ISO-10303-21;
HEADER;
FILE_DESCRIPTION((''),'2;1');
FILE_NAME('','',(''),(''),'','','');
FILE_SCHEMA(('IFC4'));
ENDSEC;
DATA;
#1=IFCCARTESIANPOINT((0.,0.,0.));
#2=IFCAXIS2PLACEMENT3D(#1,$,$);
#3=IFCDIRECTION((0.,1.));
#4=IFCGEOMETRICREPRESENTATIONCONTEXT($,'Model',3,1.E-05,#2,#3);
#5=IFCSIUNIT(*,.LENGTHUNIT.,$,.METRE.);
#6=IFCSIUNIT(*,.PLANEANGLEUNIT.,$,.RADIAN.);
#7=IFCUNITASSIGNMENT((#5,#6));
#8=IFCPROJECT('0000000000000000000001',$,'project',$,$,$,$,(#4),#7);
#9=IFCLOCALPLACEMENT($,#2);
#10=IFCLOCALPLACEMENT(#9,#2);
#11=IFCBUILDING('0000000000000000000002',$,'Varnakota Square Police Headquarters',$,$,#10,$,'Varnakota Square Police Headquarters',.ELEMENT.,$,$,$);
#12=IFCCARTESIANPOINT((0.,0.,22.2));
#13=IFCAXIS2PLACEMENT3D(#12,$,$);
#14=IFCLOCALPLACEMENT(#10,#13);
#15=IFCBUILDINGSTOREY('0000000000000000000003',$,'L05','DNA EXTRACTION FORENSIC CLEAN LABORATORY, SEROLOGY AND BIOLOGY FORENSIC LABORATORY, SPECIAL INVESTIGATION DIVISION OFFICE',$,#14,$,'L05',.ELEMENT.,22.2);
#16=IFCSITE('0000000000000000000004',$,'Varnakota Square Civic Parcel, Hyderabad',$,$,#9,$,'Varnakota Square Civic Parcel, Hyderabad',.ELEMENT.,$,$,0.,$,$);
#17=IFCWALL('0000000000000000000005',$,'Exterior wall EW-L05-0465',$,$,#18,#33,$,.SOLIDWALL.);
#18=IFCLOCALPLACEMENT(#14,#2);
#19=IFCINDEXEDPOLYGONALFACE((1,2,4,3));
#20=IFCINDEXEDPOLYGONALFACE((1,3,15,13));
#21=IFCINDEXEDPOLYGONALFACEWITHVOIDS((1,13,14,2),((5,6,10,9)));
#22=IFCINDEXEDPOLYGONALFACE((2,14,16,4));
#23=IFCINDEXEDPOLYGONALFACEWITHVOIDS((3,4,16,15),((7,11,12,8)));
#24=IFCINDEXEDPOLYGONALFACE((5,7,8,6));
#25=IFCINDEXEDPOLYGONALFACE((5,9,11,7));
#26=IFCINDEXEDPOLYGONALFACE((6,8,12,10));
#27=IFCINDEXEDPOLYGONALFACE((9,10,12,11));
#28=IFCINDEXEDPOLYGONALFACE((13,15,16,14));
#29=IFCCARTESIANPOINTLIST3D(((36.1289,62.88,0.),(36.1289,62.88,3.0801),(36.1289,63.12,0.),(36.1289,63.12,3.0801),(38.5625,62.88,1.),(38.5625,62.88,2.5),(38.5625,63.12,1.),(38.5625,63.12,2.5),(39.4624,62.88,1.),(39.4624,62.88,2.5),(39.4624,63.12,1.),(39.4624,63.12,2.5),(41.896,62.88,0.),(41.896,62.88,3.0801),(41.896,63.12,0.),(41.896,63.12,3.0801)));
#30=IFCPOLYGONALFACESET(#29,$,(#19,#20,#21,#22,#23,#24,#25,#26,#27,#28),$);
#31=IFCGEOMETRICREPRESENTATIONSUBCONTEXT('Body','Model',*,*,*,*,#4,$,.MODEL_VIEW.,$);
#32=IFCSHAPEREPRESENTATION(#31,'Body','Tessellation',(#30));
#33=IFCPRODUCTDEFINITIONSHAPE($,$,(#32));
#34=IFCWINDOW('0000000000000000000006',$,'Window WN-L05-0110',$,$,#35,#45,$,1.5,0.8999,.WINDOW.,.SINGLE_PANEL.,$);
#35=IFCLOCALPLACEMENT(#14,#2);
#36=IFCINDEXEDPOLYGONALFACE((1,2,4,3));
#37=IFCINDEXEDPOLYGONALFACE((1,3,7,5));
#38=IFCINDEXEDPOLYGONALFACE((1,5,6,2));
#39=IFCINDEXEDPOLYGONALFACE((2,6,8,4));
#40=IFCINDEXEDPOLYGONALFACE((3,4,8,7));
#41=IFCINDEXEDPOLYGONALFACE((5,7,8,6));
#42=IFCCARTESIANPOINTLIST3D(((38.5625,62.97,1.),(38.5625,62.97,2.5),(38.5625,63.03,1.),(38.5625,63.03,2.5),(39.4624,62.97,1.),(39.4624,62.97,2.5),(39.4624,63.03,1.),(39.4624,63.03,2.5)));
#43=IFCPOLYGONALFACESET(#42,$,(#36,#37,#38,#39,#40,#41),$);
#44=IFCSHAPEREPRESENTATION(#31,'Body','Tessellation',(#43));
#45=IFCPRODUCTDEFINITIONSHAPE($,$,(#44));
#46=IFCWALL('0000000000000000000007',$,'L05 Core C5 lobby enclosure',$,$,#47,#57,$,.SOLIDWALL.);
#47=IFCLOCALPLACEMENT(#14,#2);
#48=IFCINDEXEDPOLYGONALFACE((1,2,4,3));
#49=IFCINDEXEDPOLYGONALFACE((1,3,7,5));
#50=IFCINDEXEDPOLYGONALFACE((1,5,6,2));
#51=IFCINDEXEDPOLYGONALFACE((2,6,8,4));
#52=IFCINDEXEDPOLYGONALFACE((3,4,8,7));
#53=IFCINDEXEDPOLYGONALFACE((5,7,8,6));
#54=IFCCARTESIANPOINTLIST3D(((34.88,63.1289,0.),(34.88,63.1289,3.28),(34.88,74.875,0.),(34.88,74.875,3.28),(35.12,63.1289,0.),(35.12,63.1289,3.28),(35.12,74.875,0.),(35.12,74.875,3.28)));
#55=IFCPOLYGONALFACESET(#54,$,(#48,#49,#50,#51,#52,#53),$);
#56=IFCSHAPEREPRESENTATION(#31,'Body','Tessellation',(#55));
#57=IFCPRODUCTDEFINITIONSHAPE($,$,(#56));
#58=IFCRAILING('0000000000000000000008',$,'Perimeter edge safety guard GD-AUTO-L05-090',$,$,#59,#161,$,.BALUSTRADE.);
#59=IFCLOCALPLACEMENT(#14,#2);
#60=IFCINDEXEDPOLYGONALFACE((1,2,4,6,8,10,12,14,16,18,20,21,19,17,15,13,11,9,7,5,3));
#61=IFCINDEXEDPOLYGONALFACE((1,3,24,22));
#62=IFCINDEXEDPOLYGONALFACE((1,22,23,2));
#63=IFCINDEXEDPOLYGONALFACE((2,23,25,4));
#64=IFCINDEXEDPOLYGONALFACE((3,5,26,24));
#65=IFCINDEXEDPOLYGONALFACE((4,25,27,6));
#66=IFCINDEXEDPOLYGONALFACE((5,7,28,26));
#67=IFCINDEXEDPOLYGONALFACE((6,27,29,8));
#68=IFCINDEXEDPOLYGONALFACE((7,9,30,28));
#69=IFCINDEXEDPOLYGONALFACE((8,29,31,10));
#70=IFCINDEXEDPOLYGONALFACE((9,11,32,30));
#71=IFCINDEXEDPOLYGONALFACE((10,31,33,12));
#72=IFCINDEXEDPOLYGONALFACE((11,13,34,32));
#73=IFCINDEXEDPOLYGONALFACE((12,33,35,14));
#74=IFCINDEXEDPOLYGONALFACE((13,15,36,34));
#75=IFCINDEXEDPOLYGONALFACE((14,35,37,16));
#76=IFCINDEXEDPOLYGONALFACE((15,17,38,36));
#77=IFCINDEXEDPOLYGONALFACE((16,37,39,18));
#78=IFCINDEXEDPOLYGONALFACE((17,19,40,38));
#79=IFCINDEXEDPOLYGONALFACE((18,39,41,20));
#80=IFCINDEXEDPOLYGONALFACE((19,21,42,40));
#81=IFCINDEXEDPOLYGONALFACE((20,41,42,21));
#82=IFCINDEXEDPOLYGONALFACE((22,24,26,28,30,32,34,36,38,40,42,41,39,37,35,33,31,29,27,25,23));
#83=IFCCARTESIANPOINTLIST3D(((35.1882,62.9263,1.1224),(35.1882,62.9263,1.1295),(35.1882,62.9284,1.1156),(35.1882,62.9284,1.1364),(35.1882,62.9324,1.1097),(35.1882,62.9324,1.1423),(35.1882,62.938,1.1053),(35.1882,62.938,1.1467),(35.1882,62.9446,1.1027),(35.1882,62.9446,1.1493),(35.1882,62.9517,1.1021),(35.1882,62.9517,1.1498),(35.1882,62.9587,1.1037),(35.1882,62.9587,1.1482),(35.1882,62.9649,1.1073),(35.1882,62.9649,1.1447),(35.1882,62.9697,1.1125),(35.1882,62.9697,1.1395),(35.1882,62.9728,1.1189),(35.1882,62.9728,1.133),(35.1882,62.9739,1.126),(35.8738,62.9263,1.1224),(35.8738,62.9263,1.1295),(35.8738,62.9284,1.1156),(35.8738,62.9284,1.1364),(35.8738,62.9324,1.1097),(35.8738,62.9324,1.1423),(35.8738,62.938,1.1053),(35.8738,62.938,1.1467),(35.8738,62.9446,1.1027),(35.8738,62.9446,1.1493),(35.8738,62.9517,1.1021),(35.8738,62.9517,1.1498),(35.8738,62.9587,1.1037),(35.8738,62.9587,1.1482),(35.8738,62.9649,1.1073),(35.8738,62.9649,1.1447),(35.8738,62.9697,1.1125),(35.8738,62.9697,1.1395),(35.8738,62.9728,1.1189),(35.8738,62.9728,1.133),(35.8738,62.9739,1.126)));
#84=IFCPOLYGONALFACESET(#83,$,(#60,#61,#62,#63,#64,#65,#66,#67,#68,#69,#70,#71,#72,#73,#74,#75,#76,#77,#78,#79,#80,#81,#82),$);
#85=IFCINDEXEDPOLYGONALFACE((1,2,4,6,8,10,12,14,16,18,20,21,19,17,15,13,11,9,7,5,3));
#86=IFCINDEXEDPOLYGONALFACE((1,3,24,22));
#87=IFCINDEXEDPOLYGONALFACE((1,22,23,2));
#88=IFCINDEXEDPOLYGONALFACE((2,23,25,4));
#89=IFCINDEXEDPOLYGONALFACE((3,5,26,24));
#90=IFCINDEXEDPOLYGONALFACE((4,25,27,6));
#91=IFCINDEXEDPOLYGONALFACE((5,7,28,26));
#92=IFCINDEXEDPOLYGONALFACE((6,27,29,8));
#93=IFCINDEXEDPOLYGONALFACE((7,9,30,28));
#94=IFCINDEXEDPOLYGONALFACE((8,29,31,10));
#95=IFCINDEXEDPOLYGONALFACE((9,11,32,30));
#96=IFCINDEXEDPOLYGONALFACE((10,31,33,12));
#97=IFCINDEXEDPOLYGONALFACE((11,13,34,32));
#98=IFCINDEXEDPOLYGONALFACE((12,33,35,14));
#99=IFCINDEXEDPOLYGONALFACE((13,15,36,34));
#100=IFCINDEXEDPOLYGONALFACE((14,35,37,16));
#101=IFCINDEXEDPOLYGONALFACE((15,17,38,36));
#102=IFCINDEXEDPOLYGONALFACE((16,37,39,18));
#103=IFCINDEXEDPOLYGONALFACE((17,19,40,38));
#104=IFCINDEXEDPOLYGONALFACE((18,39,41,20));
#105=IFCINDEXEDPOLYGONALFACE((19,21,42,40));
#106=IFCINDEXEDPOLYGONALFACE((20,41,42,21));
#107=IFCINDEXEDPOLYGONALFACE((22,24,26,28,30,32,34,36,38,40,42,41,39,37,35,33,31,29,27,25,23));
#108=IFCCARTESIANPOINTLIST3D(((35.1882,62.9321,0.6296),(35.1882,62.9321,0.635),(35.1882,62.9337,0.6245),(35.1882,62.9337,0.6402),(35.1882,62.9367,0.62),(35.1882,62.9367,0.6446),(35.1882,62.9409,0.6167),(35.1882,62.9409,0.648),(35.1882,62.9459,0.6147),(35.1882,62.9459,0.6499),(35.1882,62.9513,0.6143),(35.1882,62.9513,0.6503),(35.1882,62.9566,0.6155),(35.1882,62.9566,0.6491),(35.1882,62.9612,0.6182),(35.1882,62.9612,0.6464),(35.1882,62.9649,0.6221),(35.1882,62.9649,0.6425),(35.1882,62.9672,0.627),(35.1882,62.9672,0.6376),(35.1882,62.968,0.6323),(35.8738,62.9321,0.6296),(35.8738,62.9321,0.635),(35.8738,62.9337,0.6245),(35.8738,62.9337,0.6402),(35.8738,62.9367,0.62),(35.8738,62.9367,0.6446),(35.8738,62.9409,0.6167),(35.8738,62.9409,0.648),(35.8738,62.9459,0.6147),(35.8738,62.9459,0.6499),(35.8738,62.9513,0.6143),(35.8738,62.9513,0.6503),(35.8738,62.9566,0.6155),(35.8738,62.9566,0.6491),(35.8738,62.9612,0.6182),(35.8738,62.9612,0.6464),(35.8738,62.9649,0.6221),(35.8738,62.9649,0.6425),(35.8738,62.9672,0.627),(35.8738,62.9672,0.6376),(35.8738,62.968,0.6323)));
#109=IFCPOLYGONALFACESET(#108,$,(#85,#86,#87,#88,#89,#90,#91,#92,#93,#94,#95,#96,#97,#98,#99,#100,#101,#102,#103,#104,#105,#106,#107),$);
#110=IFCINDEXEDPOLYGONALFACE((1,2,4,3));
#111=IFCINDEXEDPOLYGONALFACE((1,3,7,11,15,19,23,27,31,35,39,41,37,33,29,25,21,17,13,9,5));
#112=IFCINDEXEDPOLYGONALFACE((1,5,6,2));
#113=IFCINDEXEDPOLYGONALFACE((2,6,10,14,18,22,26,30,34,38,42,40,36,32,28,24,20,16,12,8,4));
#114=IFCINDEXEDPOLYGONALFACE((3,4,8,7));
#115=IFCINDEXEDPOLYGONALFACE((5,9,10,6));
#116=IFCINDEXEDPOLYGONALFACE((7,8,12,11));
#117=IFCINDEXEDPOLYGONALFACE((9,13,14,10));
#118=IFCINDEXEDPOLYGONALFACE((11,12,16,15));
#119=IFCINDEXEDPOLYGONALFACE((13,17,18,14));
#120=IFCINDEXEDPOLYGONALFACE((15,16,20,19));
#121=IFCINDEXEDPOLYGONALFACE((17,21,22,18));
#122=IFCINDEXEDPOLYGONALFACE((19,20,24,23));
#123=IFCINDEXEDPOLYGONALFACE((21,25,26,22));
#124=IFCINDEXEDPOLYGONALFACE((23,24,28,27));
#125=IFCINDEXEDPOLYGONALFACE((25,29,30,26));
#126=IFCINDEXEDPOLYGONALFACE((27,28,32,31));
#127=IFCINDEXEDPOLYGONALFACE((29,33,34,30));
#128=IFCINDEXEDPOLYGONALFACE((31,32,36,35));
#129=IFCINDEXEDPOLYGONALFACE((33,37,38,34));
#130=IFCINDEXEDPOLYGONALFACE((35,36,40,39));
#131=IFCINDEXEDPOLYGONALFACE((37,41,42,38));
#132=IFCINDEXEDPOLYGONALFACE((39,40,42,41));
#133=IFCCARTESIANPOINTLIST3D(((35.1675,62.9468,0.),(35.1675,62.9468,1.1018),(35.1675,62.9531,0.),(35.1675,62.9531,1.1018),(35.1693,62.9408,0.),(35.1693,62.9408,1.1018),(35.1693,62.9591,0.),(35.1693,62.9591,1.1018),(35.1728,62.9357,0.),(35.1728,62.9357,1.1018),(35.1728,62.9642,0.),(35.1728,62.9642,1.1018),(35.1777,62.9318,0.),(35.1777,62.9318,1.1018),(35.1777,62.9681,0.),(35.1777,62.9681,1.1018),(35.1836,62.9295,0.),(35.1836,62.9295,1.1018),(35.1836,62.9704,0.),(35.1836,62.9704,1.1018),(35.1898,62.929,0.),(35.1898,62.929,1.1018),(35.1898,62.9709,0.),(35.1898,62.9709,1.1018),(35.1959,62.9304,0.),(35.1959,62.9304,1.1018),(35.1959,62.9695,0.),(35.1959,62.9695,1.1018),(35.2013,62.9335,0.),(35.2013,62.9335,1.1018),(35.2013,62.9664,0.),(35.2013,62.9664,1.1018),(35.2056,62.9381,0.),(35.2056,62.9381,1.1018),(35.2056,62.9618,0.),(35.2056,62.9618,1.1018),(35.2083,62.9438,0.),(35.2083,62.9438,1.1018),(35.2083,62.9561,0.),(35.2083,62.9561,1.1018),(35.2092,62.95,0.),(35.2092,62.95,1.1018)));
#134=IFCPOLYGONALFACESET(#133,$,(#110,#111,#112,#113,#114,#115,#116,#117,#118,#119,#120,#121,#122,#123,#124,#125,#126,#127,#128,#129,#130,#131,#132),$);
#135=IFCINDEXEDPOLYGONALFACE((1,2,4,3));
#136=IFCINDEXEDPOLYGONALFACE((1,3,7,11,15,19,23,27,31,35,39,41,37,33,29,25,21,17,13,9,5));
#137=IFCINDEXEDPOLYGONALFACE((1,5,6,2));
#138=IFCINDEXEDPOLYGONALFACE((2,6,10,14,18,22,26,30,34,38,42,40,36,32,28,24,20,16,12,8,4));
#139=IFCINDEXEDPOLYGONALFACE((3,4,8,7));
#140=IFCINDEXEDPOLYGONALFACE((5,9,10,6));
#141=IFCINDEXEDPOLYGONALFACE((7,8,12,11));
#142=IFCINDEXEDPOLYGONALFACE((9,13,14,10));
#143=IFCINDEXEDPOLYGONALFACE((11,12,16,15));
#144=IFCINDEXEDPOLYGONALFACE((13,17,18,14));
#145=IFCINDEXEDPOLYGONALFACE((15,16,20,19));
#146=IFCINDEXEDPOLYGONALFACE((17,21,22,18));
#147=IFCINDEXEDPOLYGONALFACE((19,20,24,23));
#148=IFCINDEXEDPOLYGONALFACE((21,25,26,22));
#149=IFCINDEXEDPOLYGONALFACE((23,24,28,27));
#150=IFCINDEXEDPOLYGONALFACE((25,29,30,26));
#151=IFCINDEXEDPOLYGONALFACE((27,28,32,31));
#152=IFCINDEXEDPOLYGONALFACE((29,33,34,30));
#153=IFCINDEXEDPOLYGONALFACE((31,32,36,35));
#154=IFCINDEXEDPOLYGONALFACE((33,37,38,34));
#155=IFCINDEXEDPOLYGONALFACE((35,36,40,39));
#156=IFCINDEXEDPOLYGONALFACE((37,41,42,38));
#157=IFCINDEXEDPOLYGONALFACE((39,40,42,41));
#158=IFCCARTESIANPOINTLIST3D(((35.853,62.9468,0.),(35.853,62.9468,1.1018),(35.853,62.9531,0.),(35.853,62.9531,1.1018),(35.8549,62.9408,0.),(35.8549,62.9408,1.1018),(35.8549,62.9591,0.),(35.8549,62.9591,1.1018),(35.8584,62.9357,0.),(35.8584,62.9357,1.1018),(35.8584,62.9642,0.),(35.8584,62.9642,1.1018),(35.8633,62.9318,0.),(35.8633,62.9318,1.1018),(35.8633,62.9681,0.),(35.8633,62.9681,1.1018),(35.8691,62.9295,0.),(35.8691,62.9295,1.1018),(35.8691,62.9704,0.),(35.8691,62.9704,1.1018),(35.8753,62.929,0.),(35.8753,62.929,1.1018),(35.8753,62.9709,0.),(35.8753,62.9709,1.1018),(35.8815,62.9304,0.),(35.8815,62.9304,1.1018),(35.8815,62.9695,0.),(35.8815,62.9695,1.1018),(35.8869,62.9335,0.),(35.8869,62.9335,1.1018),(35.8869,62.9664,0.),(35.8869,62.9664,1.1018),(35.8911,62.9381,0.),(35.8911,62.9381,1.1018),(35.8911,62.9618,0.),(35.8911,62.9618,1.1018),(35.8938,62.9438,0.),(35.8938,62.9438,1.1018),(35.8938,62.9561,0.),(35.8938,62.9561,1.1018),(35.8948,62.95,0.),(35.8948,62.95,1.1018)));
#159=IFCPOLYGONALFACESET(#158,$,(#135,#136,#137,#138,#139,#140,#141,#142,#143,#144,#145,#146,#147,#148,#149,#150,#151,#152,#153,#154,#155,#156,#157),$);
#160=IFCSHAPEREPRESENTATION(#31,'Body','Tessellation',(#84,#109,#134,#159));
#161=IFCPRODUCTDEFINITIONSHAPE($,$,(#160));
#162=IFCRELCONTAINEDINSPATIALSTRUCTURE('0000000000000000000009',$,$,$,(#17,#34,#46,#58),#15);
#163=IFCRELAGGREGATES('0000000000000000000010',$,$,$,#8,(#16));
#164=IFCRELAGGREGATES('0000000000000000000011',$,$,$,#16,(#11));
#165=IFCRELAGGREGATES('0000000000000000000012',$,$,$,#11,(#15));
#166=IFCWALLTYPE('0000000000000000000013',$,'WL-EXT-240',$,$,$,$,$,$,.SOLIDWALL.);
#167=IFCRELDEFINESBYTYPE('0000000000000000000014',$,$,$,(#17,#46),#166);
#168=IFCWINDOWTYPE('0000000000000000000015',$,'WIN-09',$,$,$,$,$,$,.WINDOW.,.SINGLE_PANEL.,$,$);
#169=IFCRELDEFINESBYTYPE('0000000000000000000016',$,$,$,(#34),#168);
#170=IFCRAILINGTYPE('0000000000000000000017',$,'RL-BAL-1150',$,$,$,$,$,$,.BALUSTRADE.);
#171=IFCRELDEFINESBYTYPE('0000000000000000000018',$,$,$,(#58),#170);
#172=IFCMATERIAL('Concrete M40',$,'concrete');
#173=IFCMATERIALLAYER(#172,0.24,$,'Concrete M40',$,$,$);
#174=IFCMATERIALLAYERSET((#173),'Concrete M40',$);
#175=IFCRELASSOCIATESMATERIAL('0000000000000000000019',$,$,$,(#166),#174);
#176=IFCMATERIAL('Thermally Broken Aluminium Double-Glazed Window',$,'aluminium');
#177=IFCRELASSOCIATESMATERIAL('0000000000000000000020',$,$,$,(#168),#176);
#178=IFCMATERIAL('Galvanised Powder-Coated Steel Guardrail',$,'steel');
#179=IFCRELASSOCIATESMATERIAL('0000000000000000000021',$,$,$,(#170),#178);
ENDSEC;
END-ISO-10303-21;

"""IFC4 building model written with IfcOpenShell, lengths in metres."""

from ifc_helpers import new_model, si_unit, direction, frame, frame_2d, origin, origin_2d, place, context, subcontext, project, spatial, rectangle, circle, extrude, material, layer, layer_set, type_object, element, fill, save


model = new_model("IFC4")

# Units and contexts
model_context = context("Model", 3, precision=1e-05, world=origin(), true_north=direction((0.0, 1.0)))
body_context = subcontext(model_context, "Body", "Model", "MODEL_VIEW")
ifc_project = project(units=[si_unit("LENGTHUNIT", "METRE"), si_unit("PLANEANGLEUNIT", "RADIAN")], contexts=[model_context])

# Site, building, storey
site_placement = place(None, origin())
site = spatial("IfcSite", under=ifc_project, at=site_placement, Name="Varnakota Square Civic Parcel, Hyderabad", LongName="Varnakota Square Civic Parcel, Hyderabad", CompositionType="ELEMENT", RefElevation=0.0)
building_placement = place(site_placement, origin())
building = spatial("IfcBuilding", under=site, at=building_placement, Name="Varnakota Square Police Headquarters", LongName="Varnakota Square Police Headquarters", CompositionType="ELEMENT")
storey_placement = place(building_placement, frame((0.0, 0.0, 22.2)))
storey = spatial("IfcBuildingStorey", under=building, at=storey_placement, Name="L05", Description="DNA EXTRACTION FORENSIC CLEAN LABORATORY, SEROLOGY AND BIOLOGY FORENSIC LABORATORY, SPECIAL INVESTIGATION DIVISION OFFICE", LongName="L05", CompositionType="ELEMENT", Elevation=22.2)

# Shared definitions
ifc_material_1 = material(Name="Concrete M40", Category="concrete")

# Wall, opening, window
ifc_layer_1 = layer(ifc_material_1, 0.24, Name="Concrete M40")
ifc_layer_set_1 = layer_set([ifc_layer_1], Name="Concrete M40")
wall_type_1 = type_object("IfcWallType", Name="WL-EXT-240", PredefinedType="SOLIDWALL", material=ifc_layer_set_1)
wall_1_placement = place(storey_placement, frame((36.1289, 63.0, 0.0), z_axis=(0.0, 0.0, 1.0), x_axis=(1.0, 0.0, 0.0)))
wall_1 = element("IfcWall", 1, at=wall_1_placement, inside=storey, type_object=wall_type_1, Name="Exterior wall EW-L05-0465", PredefinedType="SOLIDWALL", context=body_context, shape_type="SweptSolid", body=[
    extrude(rectangle(XDim=5.7671, YDim=0.24, at=frame_2d((2.8835, 0.0))), origin(), (0.0, 0.0, 1.0), 3.0801),
])
opening_1_placement = place(wall_1_placement, frame((2.4336, 0.0, 1.0)))
opening_1 = element("IfcOpeningElement", 2, at=opening_1_placement, cuts=wall_1, PredefinedType="OPENING", context=body_context, shape_type="SweptSolid", body=[
    extrude(rectangle(XDim=0.8999, YDim=1.5, at=frame_2d((0.45, 0.75))), frame((0.0, 0.1299, 0.0), z_axis=(0.0, -1.0, 0.0), x_axis=(1.0, 0.0, 0.0)), (0.0, 0.0, 1.0), 0.26),
])
ifc_material_2 = material(Name="Thermally Broken Aluminium Double-Glazed Window", Category="aluminium")
window_type = type_object("IfcWindowType", Name="WIN-09", PartitioningType="SINGLE_PANEL", PredefinedType="WINDOW", material=ifc_material_2)
window_placement = place(opening_1_placement, origin())
window = element("IfcWindow", 3, at=window_placement, inside=storey, type_object=window_type, Name="Window WN-L05-0110", OverallHeight=1.5, OverallWidth=0.8999, PartitioningType="SINGLE_PANEL", PredefinedType="WINDOW", context=body_context, shape_type="SweptSolid", body=[
    extrude(rectangle(XDim=0.8999, YDim=1.5, at=frame_2d((0.45, 0.75))), frame((0.0, 0.03, 0.0), z_axis=(0.0, -1.0, 0.0), x_axis=(1.0, 0.0, 0.0)), (0.0, 0.0, 1.0), 0.0601),
])
fill(opening_1, window)

# Wall
wall_2_placement = place(storey_placement, frame((35.0, 63.1289, 0.0), z_axis=(0.0, 0.0, 1.0), x_axis=(0.0, 1.0, 0.0)))
element("IfcWall", 4, at=wall_2_placement, inside=storey, type_object=wall_type_1, Name="L05 Core C5 lobby enclosure", PredefinedType="SOLIDWALL", context=body_context, shape_type="SweptSolid", body=[
    extrude(rectangle(XDim=11.7461, YDim=0.24, at=frame_2d((5.873, 0.0))), origin(), (0.0, 0.0, 1.0), 3.28),
])

# Railing
ifc_material_3 = material(Name="Galvanised Powder-Coated Steel Guardrail", Category="steel")
railing_type = type_object("IfcRailingType", Name="RL-BAL-1150", PredefinedType="BALUSTRADE", material=ifc_material_3)
railing_1_placement = place(storey_placement, frame((35.1882, 62.95, 0.0)))
element("IfcRailing", 5, at=railing_1_placement, inside=storey, type_object=railing_type, Name="Perimeter edge safety guard GD-AUTO-L05-090", PredefinedType="BALUSTRADE", context=body_context, shape_type="SweptSolid", body=[
    extrude(circle(Radius=0.0239, at=origin_2d()), frame((0.0, 0.0, 1.126), z_axis=(1.0, 0.0, 0.0), x_axis=(0.0, 1.0, 0.0)), (0.0, 0.0, 1.0), 0.6855),
    extrude(circle(Radius=0.0181, at=origin_2d()), frame((0.0, 0.0, 0.6323), z_axis=(1.0, 0.0, 0.0), x_axis=(0.0, 1.0, 0.0)), (0.0, 0.0, 1.0), 0.6855),
    extrude(circle(Radius=0.021, at=origin_2d()), origin(), (0.0, 0.0, 1.0), 1.1018),
    extrude(circle(Radius=0.021, at=origin_2d()), frame((0.6855, 0.0, 0.0)), (0.0, 0.0, 1.0), 1.1018),
])

save(model, "model.ifc")
